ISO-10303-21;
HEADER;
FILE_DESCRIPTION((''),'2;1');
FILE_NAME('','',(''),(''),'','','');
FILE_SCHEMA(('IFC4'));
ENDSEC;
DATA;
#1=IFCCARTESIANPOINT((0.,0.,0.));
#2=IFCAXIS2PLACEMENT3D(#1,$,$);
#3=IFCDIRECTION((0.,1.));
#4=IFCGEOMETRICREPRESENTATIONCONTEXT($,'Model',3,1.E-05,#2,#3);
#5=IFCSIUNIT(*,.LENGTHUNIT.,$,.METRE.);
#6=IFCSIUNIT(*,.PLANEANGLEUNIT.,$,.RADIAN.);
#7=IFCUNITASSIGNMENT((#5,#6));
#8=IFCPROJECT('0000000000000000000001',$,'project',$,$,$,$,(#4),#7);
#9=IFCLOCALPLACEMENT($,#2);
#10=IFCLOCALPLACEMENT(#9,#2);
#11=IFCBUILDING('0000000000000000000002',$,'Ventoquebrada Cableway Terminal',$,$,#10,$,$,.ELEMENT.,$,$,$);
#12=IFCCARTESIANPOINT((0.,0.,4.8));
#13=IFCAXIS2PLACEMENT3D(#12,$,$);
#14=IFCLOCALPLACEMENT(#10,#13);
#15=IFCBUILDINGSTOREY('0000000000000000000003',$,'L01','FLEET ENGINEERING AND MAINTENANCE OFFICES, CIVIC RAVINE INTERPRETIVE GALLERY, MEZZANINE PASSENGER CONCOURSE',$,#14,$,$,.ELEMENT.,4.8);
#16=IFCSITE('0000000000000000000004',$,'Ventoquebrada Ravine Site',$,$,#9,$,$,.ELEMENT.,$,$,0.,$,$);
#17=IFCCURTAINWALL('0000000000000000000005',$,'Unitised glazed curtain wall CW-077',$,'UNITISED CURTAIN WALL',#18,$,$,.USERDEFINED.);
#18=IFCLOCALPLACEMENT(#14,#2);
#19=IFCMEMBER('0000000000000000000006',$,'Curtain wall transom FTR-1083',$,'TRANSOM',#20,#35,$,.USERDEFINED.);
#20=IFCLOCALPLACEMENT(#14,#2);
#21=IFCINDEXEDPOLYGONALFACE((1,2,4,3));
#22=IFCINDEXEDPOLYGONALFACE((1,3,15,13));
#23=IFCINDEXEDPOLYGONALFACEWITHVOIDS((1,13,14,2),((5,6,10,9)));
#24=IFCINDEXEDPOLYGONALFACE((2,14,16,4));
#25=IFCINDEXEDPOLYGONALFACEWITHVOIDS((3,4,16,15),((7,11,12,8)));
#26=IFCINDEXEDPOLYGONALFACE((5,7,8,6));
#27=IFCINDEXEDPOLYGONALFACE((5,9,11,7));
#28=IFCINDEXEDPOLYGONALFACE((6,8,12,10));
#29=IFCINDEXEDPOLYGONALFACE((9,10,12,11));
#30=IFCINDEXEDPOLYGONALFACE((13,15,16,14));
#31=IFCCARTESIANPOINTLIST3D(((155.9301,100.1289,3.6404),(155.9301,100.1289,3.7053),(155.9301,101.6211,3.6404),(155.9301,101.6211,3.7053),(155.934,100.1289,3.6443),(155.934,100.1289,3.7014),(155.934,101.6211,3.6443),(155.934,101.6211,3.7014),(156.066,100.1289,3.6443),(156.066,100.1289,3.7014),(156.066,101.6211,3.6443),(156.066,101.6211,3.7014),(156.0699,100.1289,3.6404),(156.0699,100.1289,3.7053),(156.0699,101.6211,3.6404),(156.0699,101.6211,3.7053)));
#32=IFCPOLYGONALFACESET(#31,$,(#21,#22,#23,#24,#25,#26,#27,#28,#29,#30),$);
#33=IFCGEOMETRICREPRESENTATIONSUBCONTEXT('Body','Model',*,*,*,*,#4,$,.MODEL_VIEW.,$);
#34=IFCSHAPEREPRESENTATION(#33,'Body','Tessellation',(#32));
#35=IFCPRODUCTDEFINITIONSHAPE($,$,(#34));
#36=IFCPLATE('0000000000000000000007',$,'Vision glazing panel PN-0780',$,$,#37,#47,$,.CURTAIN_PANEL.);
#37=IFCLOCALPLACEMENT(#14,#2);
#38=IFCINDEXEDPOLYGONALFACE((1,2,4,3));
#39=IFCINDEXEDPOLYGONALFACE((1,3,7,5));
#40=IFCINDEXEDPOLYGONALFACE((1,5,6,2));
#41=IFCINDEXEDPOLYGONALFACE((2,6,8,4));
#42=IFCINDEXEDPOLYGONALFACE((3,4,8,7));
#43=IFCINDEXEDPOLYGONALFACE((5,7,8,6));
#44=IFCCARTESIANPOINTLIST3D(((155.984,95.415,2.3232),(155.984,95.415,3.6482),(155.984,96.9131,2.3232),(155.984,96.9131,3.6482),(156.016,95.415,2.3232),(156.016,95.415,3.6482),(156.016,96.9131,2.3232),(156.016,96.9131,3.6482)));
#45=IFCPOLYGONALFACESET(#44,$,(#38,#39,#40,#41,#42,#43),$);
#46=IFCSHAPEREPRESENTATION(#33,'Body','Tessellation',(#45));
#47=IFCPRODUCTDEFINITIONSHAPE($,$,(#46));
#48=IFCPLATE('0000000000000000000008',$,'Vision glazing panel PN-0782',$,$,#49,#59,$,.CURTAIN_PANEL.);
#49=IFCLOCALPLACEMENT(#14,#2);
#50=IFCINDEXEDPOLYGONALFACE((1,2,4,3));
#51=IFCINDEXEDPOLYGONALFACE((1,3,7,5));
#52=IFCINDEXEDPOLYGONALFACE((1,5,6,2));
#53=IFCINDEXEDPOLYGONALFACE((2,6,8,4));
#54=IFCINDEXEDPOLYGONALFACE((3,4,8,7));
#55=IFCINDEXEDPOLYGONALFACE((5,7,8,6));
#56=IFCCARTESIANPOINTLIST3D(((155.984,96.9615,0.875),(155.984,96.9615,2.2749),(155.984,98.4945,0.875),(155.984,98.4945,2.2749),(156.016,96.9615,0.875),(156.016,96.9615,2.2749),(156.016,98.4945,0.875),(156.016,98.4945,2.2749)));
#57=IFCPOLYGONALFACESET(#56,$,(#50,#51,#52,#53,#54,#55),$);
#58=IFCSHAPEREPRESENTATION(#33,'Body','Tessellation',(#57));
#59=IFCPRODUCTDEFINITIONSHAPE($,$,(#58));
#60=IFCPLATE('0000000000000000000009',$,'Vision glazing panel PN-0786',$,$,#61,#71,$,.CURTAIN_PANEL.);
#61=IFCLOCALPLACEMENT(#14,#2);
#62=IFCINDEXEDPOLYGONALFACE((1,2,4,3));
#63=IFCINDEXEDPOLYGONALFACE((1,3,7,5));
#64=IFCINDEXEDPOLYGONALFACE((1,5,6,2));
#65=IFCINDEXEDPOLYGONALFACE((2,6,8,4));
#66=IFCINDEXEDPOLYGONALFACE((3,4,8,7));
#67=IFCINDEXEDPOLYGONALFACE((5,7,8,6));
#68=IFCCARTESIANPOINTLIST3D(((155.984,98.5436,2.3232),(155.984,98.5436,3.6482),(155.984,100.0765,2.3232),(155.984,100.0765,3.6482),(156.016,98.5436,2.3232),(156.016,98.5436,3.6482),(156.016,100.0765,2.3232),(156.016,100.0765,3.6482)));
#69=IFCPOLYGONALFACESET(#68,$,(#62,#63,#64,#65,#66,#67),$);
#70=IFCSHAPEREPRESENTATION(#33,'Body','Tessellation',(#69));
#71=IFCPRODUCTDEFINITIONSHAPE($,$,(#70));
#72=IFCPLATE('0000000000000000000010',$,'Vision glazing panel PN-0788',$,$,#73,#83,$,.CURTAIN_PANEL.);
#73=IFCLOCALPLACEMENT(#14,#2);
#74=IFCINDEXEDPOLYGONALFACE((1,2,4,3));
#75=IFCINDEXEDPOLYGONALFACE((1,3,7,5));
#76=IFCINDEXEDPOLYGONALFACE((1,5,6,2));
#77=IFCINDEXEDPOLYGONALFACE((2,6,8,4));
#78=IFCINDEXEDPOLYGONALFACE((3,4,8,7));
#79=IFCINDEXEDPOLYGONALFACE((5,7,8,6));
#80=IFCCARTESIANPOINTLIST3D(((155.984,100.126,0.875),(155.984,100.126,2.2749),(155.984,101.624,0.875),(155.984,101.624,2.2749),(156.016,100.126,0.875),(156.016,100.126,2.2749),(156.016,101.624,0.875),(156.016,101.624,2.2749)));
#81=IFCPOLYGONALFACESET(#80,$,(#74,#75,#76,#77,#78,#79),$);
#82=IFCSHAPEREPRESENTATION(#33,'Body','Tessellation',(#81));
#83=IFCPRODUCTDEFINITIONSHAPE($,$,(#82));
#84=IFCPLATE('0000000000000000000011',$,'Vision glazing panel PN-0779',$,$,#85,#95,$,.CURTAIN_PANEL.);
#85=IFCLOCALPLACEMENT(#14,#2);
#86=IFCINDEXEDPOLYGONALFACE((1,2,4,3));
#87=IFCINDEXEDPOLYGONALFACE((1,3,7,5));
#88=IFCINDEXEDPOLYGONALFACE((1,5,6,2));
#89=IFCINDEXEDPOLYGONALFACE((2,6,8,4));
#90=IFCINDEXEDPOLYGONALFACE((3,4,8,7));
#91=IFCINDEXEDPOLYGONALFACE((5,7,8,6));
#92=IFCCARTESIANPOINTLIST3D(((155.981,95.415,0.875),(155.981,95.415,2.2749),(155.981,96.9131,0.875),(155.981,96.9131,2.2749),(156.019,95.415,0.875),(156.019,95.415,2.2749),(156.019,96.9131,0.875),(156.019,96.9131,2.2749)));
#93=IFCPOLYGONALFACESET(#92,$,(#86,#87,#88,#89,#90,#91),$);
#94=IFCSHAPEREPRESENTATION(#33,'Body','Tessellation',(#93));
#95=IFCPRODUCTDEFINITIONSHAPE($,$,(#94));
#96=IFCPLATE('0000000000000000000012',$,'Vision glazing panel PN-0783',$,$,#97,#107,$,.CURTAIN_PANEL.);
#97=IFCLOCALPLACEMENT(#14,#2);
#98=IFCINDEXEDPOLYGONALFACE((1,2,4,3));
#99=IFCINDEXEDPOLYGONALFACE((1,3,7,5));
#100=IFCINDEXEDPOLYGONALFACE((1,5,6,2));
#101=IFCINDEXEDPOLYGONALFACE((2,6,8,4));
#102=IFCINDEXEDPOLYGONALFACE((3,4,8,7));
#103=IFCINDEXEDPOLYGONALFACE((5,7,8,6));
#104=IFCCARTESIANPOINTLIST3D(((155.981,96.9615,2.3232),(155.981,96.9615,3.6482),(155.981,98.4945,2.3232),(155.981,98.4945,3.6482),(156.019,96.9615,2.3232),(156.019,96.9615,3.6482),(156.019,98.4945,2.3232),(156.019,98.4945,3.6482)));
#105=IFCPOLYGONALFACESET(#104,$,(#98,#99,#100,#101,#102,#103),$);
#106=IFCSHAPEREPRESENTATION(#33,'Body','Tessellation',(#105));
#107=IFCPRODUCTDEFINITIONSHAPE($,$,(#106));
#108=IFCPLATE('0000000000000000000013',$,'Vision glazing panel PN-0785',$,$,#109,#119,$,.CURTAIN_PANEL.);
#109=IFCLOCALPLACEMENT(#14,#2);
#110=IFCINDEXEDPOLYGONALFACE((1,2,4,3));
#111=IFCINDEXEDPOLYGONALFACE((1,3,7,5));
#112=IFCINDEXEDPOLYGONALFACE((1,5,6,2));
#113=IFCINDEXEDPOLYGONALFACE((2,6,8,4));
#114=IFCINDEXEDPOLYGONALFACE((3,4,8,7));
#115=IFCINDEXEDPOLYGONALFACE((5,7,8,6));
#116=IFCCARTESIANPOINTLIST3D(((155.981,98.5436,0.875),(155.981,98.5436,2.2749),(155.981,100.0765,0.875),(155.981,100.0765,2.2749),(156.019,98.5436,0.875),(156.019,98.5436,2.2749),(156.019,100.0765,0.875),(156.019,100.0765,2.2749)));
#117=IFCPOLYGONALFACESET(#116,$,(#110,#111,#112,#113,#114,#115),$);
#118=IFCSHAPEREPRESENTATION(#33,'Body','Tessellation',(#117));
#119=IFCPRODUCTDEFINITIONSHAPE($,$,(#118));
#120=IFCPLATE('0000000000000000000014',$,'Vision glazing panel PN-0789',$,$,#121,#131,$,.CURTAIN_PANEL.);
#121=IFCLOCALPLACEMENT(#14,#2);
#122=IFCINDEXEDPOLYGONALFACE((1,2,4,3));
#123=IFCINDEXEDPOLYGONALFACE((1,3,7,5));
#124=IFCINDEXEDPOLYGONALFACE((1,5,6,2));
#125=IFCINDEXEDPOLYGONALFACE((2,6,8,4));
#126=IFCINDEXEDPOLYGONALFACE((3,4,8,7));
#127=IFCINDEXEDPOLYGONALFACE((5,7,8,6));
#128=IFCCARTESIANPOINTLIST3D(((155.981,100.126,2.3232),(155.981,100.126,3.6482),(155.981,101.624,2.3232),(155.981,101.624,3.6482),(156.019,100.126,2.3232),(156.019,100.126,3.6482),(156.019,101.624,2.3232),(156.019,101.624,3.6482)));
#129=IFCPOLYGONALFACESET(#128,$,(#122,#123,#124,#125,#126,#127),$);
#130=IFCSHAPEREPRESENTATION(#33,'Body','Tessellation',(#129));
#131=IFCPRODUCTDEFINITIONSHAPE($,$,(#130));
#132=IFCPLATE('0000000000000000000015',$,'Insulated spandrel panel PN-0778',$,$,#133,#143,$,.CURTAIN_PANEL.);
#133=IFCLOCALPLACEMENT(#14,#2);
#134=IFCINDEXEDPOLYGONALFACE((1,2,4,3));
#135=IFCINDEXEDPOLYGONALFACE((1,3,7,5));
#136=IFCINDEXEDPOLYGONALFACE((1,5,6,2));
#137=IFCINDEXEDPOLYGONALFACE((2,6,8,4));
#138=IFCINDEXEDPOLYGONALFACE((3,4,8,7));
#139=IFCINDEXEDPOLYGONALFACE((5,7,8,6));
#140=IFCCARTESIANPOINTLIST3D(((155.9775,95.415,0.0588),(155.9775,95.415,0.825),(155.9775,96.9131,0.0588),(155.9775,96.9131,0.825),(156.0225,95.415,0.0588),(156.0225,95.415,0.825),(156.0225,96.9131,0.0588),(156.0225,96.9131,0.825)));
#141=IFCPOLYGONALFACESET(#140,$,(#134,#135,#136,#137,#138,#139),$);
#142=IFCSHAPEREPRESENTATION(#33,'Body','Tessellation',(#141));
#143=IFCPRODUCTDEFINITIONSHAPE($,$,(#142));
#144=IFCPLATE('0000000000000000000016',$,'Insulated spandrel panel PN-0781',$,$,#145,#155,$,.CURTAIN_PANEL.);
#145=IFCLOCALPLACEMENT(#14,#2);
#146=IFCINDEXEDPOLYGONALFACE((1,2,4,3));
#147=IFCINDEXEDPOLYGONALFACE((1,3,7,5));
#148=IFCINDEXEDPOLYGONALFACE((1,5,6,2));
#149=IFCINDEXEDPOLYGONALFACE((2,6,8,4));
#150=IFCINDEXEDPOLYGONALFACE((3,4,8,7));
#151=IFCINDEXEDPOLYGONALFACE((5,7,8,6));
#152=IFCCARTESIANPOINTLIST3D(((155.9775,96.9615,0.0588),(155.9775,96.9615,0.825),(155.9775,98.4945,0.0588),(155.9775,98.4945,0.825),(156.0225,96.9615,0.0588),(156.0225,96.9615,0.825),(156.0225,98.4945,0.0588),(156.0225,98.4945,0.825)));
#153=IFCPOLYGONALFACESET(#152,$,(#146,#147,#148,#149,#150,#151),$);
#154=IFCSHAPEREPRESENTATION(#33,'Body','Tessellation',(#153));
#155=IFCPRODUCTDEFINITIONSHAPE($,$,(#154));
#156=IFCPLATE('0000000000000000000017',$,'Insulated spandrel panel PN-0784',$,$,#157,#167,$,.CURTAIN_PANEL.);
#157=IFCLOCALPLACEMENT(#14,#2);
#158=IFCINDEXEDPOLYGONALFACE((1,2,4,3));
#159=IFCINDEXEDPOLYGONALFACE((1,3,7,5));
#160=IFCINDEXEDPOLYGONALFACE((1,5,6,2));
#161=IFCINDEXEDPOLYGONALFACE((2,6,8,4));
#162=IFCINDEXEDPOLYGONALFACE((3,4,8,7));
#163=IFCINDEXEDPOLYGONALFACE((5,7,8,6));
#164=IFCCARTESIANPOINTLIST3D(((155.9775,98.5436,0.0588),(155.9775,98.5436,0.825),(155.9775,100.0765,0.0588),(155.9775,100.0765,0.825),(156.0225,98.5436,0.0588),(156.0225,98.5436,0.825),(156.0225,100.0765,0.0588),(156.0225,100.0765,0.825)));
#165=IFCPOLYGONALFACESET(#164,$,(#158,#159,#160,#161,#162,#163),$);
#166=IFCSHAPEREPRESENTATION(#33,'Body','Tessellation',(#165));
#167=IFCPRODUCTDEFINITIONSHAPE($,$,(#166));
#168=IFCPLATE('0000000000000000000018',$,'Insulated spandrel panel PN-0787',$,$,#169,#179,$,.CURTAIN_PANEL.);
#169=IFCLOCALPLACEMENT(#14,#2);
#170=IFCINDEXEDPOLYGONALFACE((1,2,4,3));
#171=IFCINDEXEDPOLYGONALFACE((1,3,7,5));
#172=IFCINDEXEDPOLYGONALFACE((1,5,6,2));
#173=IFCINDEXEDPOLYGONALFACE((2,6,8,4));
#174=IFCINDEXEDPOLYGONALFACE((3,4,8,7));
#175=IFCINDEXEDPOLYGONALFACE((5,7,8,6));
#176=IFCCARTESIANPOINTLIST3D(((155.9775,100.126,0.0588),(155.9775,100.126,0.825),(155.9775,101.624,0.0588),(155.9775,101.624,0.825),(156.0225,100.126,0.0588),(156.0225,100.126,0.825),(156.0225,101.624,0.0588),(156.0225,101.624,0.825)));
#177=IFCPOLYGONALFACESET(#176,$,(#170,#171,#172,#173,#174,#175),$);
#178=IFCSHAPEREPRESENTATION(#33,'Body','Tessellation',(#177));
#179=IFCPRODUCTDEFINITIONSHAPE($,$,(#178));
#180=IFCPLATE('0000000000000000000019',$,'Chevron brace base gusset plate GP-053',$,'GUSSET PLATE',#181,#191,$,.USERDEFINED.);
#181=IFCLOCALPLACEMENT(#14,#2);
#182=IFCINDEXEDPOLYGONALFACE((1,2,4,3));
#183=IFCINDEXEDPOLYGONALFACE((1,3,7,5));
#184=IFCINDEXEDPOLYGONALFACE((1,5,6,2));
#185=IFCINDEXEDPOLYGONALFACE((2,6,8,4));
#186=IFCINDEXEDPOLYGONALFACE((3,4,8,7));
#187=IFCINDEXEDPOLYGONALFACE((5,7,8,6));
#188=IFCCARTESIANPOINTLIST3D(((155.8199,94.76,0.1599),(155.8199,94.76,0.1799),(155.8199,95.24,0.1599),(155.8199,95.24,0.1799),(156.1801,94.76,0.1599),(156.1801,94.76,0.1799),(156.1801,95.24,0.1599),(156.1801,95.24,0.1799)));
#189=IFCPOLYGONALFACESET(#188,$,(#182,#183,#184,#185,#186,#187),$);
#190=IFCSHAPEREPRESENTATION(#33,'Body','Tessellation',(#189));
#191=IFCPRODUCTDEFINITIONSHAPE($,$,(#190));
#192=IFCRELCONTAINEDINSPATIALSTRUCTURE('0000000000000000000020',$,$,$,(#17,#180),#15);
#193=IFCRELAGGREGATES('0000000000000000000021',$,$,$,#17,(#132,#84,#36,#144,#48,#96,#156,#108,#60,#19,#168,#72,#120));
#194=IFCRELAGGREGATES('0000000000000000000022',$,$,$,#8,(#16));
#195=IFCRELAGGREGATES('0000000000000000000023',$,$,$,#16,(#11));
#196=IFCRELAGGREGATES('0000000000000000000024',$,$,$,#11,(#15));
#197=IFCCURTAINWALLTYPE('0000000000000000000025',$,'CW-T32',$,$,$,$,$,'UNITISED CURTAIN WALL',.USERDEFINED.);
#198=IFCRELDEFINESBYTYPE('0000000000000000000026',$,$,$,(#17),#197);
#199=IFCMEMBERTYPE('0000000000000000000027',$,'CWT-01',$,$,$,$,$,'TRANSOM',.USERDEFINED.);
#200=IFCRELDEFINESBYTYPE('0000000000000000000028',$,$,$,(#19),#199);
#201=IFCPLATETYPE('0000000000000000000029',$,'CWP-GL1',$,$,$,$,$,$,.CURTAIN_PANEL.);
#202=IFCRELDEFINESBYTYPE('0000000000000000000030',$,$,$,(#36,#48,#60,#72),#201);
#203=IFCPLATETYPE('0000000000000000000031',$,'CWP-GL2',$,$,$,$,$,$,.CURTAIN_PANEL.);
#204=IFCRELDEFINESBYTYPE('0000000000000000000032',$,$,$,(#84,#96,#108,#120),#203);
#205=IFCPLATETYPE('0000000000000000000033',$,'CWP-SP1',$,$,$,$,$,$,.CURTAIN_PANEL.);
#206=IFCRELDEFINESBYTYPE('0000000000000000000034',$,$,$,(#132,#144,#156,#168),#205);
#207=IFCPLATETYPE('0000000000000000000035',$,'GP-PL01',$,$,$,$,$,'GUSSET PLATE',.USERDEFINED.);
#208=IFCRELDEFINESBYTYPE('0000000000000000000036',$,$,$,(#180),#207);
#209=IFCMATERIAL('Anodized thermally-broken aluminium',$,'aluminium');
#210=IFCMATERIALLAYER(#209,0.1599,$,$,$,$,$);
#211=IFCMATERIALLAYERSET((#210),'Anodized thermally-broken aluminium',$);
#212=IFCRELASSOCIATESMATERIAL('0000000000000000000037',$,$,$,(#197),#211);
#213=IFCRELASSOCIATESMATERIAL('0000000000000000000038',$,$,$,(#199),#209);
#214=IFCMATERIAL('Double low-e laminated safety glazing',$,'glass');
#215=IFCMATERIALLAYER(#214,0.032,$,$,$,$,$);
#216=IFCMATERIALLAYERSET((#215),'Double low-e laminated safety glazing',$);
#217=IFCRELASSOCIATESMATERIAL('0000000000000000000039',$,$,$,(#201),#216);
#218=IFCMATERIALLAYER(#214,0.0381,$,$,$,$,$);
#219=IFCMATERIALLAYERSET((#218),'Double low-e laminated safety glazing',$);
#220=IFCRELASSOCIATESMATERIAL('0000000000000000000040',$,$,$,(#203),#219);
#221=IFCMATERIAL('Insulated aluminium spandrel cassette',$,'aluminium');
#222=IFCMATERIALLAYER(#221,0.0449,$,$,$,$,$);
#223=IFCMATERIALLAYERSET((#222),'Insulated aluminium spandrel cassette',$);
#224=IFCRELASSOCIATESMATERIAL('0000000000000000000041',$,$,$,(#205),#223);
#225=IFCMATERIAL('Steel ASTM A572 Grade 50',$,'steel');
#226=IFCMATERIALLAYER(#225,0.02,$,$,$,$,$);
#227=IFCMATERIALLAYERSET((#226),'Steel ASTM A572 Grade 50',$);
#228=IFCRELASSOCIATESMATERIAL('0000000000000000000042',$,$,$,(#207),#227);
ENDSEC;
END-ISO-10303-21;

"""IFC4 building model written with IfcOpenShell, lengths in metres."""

from ifc_helpers import new_model, si_unit, direction, frame, origin, origin_2d, place, context, subcontext, project, spatial, rectangle, hollow_rectangle, extrude, material, layer, layer_set, material_profile, profile_set, type_object, element, aggregate, save


model = new_model("IFC4")

# Units and contexts
model_context = context("Model", 3, precision=1e-05, world=origin(), true_north=direction((0.0, 1.0)))
body_context = subcontext(model_context, "Body", "Model", "MODEL_VIEW")
ifc_project = project(units=[si_unit("LENGTHUNIT", "METRE"), si_unit("PLANEANGLEUNIT", "RADIAN")], contexts=[model_context])

# Site, building, storey
site_placement = place(None, origin())
site = spatial("IfcSite", under=ifc_project, at=site_placement, Name="Ventoquebrada Ravine Site", CompositionType="ELEMENT", RefElevation=0.0)
building_placement = place(site_placement, origin())
building = spatial("IfcBuilding", under=site, at=building_placement, Name="Ventoquebrada Cableway Terminal", CompositionType="ELEMENT")
storey_placement = place(building_placement, frame((0.0, 0.0, 4.8)))
storey = spatial("IfcBuildingStorey", under=building, at=storey_placement, Name="L01", Description="FLEET ENGINEERING AND MAINTENANCE OFFICES, CIVIC RAVINE INTERPRETIVE GALLERY, MEZZANINE PASSENGER CONCOURSE", CompositionType="ELEMENT", Elevation=4.8)

# Curtain wall, member, plates
ifc_material_1 = material(Name="Anodized thermally-broken aluminium", Category="aluminium")
ifc_layer_1 = layer(ifc_material_1, 0.1599)
ifc_layer_set_1 = layer_set([ifc_layer_1], Name="Anodized thermally-broken aluminium")
curtain_wall_type = type_object("IfcCurtainWallType", Name="CW-T32", ElementType="UNITISED CURTAIN WALL", PredefinedType="USERDEFINED", material=ifc_layer_set_1)
curtain_wall_placement = place(storey_placement, origin())
curtain_wall = element("IfcCurtainWall", 1, at=curtain_wall_placement, inside=storey, type_object=curtain_wall_type, Name="Unitised glazed curtain wall CW-077", ObjectType="UNITISED CURTAIN WALL", PredefinedType="USERDEFINED")
ifc_material_profile_1 = material_profile(ifc_material_1, hollow_rectangle(XDim=0.0649, YDim=0.1399, WallThickness=0.0039, at=origin_2d()), Name="CW-TRN-65X140")
ifc_profile_set_1 = profile_set([ifc_material_profile_1], Name="Anodized thermally-broken aluminium")
member_type_1 = type_object("IfcMemberType", Name="CWT-01", ElementType="TRANSOM", PredefinedType="USERDEFINED", material=ifc_profile_set_1)
member_1_placement = place(storey_placement, frame((156.0, 100.1289, 3.6729), z_axis=(0.0, 1.0, 0.0), x_axis=(0.0, 0.0, 1.0)))
member_1 = element("IfcMember", 2, at=member_1_placement, type_object=member_type_1, Name="Curtain wall transom FTR-1083", ObjectType="TRANSOM", PredefinedType="USERDEFINED", context=body_context, shape_type="SweptSolid", body=[
    extrude(hollow_rectangle(XDim=0.0649, YDim=0.1399, WallThickness=0.0039, at=origin_2d()), origin(), (0.0, 0.0, 1.0), 1.4922),
])
ifc_material_2 = material(Name="Double low-e laminated safety glazing", Category="glass")
ifc_layer_2 = layer(ifc_material_2, 0.032)
ifc_layer_set_2 = layer_set([ifc_layer_2], Name="Double low-e laminated safety glazing")
plate_type_1 = type_object("IfcPlateType", Name="CWP-GL1", PredefinedType="CURTAIN_PANEL", material=ifc_layer_set_2)
plate_1_placement = place(storey_placement, frame((156.0, 96.1641, 2.3232), z_axis=(0.0, 0.0, 1.0), x_axis=(0.0, 1.0, 0.0)))
plate_1 = element("IfcPlate", 3, at=plate_1_placement, type_object=plate_type_1, Name="Vision glazing panel PN-0780", PredefinedType="CURTAIN_PANEL", context=body_context, shape_type="SweptSolid", body=[
    extrude(rectangle(XDim=1.498, YDim=0.032, at=origin_2d()), origin(), (0.0, 0.0, 1.0), 1.325),
])
plate_2_placement = place(storey_placement, frame((156.0, 97.728, 0.875), z_axis=(0.0, 0.0, 1.0), x_axis=(0.0, 1.0, 0.0)))
plate_2 = element("IfcPlate", 4, at=plate_2_placement, type_object=plate_type_1, Name="Vision glazing panel PN-0782", PredefinedType="CURTAIN_PANEL", context=body_context, shape_type="SweptSolid", body=[
    extrude(rectangle(XDim=1.533, YDim=0.032, at=origin_2d()), origin(), (0.0, 0.0, 1.0), 1.3999),
])
plate_3_placement = place(storey_placement, frame((156.0, 99.3101, 2.3232), z_axis=(0.0, 0.0, 1.0), x_axis=(0.0, 1.0, 0.0)))
plate_3 = element("IfcPlate", 5, at=plate_3_placement, type_object=plate_type_1, Name="Vision glazing panel PN-0786", PredefinedType="CURTAIN_PANEL", context=body_context, shape_type="SweptSolid", body=[
    extrude(rectangle(XDim=1.533, YDim=0.032, at=origin_2d()), origin(), (0.0, 0.0, 1.0), 1.325),
])
plate_4_placement = place(storey_placement, frame((156.0, 100.875, 0.875), z_axis=(0.0, 0.0, 1.0), x_axis=(0.0, 1.0, 0.0)))
plate_4 = element("IfcPlate", 6, at=plate_4_placement, type_object=plate_type_1, Name="Vision glazing panel PN-0788", PredefinedType="CURTAIN_PANEL", context=body_context, shape_type="SweptSolid", body=[
    extrude(rectangle(XDim=1.498, YDim=0.032, at=origin_2d()), origin(), (0.0, 0.0, 1.0), 1.3999),
])
ifc_layer_3 = layer(ifc_material_2, 0.0381)
ifc_layer_set_3 = layer_set([ifc_layer_3], Name="Double low-e laminated safety glazing")
plate_type_2 = type_object("IfcPlateType", Name="CWP-GL2", PredefinedType="CURTAIN_PANEL", material=ifc_layer_set_3)
plate_5_placement = place(storey_placement, frame((156.0, 96.1641, 0.875), z_axis=(0.0, 0.0, 1.0), x_axis=(0.0, 1.0, 0.0)))
plate_5 = element("IfcPlate", 7, at=plate_5_placement, type_object=plate_type_2, Name="Vision glazing panel PN-0779", PredefinedType="CURTAIN_PANEL", context=body_context, shape_type="SweptSolid", body=[
    extrude(rectangle(XDim=1.498, YDim=0.0381, at=origin_2d()), origin(), (0.0, 0.0, 1.0), 1.3999),
])
plate_6_placement = place(storey_placement, frame((156.0, 97.728, 2.3232), z_axis=(0.0, 0.0, 1.0), x_axis=(0.0, 1.0, 0.0)))
plate_6 = element("IfcPlate", 8, at=plate_6_placement, type_object=plate_type_2, Name="Vision glazing panel PN-0783", PredefinedType="CURTAIN_PANEL", context=body_context, shape_type="SweptSolid", body=[
    extrude(rectangle(XDim=1.533, YDim=0.0381, at=origin_2d()), origin(), (0.0, 0.0, 1.0), 1.325),
])
plate_7_placement = place(storey_placement, frame((156.0, 99.3101, 0.875), z_axis=(0.0, 0.0, 1.0), x_axis=(0.0, 1.0, 0.0)))
plate_7 = element("IfcPlate", 9, at=plate_7_placement, type_object=plate_type_2, Name="Vision glazing panel PN-0785", PredefinedType="CURTAIN_PANEL", context=body_context, shape_type="SweptSolid", body=[
    extrude(rectangle(XDim=1.533, YDim=0.0381, at=origin_2d()), origin(), (0.0, 0.0, 1.0), 1.3999),
])
plate_8_placement = place(storey_placement, frame((156.0, 100.875, 2.3232), z_axis=(0.0, 0.0, 1.0), x_axis=(0.0, 1.0, 0.0)))
plate_8 = element("IfcPlate", 10, at=plate_8_placement, type_object=plate_type_2, Name="Vision glazing panel PN-0789", PredefinedType="CURTAIN_PANEL", context=body_context, shape_type="SweptSolid", body=[
    extrude(rectangle(XDim=1.498, YDim=0.0381, at=origin_2d()), origin(), (0.0, 0.0, 1.0), 1.325),
])
ifc_material_3 = material(Name="Insulated aluminium spandrel cassette", Category="aluminium")
ifc_layer_4 = layer(ifc_material_3, 0.0449)
ifc_layer_set_4 = layer_set([ifc_layer_4], Name="Insulated aluminium spandrel cassette")
plate_type_3 = type_object("IfcPlateType", Name="CWP-SP1", PredefinedType="CURTAIN_PANEL", material=ifc_layer_set_4)
plate_9_placement = place(storey_placement, frame((156.0, 96.1641, 0.0588), z_axis=(0.0, 0.0, 1.0), x_axis=(0.0, 1.0, 0.0)))
plate_9 = element("IfcPlate", 11, at=plate_9_placement, type_object=plate_type_3, Name="Insulated spandrel panel PN-0778", PredefinedType="CURTAIN_PANEL", context=body_context, shape_type="SweptSolid", body=[
    extrude(rectangle(XDim=1.498, YDim=0.0449, at=origin_2d()), origin(), (0.0, 0.0, 1.0), 0.7661),
])
plate_10_placement = place(storey_placement, frame((156.0, 97.728, 0.0588), z_axis=(0.0, 0.0, 1.0), x_axis=(0.0, 1.0, 0.0)))
plate_10 = element("IfcPlate", 12, at=plate_10_placement, type_object=plate_type_3, Name="Insulated spandrel panel PN-0781", PredefinedType="CURTAIN_PANEL", context=body_context, shape_type="SweptSolid", body=[
    extrude(rectangle(XDim=1.533, YDim=0.0449, at=origin_2d()), origin(), (0.0, 0.0, 1.0), 0.7661),
])
plate_11_placement = place(storey_placement, frame((156.0, 99.3101, 0.0588), z_axis=(0.0, 0.0, 1.0), x_axis=(0.0, 1.0, 0.0)))
plate_11 = element("IfcPlate", 13, at=plate_11_placement, type_object=plate_type_3, Name="Insulated spandrel panel PN-0784", PredefinedType="CURTAIN_PANEL", context=body_context, shape_type="SweptSolid", body=[
    extrude(rectangle(XDim=1.533, YDim=0.0449, at=origin_2d()), origin(), (0.0, 0.0, 1.0), 0.7661),
])
plate_12_placement = place(storey_placement, frame((156.0, 100.875, 0.0588), z_axis=(0.0, 0.0, 1.0), x_axis=(0.0, 1.0, 0.0)))
plate_12 = element("IfcPlate", 14, at=plate_12_placement, type_object=plate_type_3, Name="Insulated spandrel panel PN-0787", PredefinedType="CURTAIN_PANEL", context=body_context, shape_type="SweptSolid", body=[
    extrude(rectangle(XDim=1.498, YDim=0.0449, at=origin_2d()), origin(), (0.0, 0.0, 1.0), 0.7661),
])
aggregate(curtain_wall, [plate_9, plate_5, plate_1, plate_10, plate_2, plate_6, plate_11, plate_7, plate_3, member_1, plate_12, plate_4, plate_8])

# Plate
ifc_material_4 = material(Name="Steel ASTM A572 Grade 50", Category="steel")
ifc_layer_5 = layer(ifc_material_4, 0.02)
ifc_layer_set_5 = layer_set([ifc_layer_5], Name="Steel ASTM A572 Grade 50")
plate_type_4 = type_object("IfcPlateType", Name="GP-PL01", ElementType="GUSSET PLATE", PredefinedType="USERDEFINED", material=ifc_layer_set_5)
plate_13_placement = place(storey_placement, frame((156.0, 95.0, 0.1599), z_axis=(0.0, 0.0, 1.0), x_axis=(0.0, 1.0, 0.0)))
element("IfcPlate", 15, at=plate_13_placement, inside=storey, type_object=plate_type_4, Name="Chevron brace base gusset plate GP-053", ObjectType="GUSSET PLATE", PredefinedType="USERDEFINED", context=body_context, shape_type="SweptSolid", body=[
    extrude(rectangle(XDim=0.48, YDim=0.3601, at=origin_2d()), origin(), (0.0, 0.0, 1.0), 0.02),
])

save(model, "model.ifc")
